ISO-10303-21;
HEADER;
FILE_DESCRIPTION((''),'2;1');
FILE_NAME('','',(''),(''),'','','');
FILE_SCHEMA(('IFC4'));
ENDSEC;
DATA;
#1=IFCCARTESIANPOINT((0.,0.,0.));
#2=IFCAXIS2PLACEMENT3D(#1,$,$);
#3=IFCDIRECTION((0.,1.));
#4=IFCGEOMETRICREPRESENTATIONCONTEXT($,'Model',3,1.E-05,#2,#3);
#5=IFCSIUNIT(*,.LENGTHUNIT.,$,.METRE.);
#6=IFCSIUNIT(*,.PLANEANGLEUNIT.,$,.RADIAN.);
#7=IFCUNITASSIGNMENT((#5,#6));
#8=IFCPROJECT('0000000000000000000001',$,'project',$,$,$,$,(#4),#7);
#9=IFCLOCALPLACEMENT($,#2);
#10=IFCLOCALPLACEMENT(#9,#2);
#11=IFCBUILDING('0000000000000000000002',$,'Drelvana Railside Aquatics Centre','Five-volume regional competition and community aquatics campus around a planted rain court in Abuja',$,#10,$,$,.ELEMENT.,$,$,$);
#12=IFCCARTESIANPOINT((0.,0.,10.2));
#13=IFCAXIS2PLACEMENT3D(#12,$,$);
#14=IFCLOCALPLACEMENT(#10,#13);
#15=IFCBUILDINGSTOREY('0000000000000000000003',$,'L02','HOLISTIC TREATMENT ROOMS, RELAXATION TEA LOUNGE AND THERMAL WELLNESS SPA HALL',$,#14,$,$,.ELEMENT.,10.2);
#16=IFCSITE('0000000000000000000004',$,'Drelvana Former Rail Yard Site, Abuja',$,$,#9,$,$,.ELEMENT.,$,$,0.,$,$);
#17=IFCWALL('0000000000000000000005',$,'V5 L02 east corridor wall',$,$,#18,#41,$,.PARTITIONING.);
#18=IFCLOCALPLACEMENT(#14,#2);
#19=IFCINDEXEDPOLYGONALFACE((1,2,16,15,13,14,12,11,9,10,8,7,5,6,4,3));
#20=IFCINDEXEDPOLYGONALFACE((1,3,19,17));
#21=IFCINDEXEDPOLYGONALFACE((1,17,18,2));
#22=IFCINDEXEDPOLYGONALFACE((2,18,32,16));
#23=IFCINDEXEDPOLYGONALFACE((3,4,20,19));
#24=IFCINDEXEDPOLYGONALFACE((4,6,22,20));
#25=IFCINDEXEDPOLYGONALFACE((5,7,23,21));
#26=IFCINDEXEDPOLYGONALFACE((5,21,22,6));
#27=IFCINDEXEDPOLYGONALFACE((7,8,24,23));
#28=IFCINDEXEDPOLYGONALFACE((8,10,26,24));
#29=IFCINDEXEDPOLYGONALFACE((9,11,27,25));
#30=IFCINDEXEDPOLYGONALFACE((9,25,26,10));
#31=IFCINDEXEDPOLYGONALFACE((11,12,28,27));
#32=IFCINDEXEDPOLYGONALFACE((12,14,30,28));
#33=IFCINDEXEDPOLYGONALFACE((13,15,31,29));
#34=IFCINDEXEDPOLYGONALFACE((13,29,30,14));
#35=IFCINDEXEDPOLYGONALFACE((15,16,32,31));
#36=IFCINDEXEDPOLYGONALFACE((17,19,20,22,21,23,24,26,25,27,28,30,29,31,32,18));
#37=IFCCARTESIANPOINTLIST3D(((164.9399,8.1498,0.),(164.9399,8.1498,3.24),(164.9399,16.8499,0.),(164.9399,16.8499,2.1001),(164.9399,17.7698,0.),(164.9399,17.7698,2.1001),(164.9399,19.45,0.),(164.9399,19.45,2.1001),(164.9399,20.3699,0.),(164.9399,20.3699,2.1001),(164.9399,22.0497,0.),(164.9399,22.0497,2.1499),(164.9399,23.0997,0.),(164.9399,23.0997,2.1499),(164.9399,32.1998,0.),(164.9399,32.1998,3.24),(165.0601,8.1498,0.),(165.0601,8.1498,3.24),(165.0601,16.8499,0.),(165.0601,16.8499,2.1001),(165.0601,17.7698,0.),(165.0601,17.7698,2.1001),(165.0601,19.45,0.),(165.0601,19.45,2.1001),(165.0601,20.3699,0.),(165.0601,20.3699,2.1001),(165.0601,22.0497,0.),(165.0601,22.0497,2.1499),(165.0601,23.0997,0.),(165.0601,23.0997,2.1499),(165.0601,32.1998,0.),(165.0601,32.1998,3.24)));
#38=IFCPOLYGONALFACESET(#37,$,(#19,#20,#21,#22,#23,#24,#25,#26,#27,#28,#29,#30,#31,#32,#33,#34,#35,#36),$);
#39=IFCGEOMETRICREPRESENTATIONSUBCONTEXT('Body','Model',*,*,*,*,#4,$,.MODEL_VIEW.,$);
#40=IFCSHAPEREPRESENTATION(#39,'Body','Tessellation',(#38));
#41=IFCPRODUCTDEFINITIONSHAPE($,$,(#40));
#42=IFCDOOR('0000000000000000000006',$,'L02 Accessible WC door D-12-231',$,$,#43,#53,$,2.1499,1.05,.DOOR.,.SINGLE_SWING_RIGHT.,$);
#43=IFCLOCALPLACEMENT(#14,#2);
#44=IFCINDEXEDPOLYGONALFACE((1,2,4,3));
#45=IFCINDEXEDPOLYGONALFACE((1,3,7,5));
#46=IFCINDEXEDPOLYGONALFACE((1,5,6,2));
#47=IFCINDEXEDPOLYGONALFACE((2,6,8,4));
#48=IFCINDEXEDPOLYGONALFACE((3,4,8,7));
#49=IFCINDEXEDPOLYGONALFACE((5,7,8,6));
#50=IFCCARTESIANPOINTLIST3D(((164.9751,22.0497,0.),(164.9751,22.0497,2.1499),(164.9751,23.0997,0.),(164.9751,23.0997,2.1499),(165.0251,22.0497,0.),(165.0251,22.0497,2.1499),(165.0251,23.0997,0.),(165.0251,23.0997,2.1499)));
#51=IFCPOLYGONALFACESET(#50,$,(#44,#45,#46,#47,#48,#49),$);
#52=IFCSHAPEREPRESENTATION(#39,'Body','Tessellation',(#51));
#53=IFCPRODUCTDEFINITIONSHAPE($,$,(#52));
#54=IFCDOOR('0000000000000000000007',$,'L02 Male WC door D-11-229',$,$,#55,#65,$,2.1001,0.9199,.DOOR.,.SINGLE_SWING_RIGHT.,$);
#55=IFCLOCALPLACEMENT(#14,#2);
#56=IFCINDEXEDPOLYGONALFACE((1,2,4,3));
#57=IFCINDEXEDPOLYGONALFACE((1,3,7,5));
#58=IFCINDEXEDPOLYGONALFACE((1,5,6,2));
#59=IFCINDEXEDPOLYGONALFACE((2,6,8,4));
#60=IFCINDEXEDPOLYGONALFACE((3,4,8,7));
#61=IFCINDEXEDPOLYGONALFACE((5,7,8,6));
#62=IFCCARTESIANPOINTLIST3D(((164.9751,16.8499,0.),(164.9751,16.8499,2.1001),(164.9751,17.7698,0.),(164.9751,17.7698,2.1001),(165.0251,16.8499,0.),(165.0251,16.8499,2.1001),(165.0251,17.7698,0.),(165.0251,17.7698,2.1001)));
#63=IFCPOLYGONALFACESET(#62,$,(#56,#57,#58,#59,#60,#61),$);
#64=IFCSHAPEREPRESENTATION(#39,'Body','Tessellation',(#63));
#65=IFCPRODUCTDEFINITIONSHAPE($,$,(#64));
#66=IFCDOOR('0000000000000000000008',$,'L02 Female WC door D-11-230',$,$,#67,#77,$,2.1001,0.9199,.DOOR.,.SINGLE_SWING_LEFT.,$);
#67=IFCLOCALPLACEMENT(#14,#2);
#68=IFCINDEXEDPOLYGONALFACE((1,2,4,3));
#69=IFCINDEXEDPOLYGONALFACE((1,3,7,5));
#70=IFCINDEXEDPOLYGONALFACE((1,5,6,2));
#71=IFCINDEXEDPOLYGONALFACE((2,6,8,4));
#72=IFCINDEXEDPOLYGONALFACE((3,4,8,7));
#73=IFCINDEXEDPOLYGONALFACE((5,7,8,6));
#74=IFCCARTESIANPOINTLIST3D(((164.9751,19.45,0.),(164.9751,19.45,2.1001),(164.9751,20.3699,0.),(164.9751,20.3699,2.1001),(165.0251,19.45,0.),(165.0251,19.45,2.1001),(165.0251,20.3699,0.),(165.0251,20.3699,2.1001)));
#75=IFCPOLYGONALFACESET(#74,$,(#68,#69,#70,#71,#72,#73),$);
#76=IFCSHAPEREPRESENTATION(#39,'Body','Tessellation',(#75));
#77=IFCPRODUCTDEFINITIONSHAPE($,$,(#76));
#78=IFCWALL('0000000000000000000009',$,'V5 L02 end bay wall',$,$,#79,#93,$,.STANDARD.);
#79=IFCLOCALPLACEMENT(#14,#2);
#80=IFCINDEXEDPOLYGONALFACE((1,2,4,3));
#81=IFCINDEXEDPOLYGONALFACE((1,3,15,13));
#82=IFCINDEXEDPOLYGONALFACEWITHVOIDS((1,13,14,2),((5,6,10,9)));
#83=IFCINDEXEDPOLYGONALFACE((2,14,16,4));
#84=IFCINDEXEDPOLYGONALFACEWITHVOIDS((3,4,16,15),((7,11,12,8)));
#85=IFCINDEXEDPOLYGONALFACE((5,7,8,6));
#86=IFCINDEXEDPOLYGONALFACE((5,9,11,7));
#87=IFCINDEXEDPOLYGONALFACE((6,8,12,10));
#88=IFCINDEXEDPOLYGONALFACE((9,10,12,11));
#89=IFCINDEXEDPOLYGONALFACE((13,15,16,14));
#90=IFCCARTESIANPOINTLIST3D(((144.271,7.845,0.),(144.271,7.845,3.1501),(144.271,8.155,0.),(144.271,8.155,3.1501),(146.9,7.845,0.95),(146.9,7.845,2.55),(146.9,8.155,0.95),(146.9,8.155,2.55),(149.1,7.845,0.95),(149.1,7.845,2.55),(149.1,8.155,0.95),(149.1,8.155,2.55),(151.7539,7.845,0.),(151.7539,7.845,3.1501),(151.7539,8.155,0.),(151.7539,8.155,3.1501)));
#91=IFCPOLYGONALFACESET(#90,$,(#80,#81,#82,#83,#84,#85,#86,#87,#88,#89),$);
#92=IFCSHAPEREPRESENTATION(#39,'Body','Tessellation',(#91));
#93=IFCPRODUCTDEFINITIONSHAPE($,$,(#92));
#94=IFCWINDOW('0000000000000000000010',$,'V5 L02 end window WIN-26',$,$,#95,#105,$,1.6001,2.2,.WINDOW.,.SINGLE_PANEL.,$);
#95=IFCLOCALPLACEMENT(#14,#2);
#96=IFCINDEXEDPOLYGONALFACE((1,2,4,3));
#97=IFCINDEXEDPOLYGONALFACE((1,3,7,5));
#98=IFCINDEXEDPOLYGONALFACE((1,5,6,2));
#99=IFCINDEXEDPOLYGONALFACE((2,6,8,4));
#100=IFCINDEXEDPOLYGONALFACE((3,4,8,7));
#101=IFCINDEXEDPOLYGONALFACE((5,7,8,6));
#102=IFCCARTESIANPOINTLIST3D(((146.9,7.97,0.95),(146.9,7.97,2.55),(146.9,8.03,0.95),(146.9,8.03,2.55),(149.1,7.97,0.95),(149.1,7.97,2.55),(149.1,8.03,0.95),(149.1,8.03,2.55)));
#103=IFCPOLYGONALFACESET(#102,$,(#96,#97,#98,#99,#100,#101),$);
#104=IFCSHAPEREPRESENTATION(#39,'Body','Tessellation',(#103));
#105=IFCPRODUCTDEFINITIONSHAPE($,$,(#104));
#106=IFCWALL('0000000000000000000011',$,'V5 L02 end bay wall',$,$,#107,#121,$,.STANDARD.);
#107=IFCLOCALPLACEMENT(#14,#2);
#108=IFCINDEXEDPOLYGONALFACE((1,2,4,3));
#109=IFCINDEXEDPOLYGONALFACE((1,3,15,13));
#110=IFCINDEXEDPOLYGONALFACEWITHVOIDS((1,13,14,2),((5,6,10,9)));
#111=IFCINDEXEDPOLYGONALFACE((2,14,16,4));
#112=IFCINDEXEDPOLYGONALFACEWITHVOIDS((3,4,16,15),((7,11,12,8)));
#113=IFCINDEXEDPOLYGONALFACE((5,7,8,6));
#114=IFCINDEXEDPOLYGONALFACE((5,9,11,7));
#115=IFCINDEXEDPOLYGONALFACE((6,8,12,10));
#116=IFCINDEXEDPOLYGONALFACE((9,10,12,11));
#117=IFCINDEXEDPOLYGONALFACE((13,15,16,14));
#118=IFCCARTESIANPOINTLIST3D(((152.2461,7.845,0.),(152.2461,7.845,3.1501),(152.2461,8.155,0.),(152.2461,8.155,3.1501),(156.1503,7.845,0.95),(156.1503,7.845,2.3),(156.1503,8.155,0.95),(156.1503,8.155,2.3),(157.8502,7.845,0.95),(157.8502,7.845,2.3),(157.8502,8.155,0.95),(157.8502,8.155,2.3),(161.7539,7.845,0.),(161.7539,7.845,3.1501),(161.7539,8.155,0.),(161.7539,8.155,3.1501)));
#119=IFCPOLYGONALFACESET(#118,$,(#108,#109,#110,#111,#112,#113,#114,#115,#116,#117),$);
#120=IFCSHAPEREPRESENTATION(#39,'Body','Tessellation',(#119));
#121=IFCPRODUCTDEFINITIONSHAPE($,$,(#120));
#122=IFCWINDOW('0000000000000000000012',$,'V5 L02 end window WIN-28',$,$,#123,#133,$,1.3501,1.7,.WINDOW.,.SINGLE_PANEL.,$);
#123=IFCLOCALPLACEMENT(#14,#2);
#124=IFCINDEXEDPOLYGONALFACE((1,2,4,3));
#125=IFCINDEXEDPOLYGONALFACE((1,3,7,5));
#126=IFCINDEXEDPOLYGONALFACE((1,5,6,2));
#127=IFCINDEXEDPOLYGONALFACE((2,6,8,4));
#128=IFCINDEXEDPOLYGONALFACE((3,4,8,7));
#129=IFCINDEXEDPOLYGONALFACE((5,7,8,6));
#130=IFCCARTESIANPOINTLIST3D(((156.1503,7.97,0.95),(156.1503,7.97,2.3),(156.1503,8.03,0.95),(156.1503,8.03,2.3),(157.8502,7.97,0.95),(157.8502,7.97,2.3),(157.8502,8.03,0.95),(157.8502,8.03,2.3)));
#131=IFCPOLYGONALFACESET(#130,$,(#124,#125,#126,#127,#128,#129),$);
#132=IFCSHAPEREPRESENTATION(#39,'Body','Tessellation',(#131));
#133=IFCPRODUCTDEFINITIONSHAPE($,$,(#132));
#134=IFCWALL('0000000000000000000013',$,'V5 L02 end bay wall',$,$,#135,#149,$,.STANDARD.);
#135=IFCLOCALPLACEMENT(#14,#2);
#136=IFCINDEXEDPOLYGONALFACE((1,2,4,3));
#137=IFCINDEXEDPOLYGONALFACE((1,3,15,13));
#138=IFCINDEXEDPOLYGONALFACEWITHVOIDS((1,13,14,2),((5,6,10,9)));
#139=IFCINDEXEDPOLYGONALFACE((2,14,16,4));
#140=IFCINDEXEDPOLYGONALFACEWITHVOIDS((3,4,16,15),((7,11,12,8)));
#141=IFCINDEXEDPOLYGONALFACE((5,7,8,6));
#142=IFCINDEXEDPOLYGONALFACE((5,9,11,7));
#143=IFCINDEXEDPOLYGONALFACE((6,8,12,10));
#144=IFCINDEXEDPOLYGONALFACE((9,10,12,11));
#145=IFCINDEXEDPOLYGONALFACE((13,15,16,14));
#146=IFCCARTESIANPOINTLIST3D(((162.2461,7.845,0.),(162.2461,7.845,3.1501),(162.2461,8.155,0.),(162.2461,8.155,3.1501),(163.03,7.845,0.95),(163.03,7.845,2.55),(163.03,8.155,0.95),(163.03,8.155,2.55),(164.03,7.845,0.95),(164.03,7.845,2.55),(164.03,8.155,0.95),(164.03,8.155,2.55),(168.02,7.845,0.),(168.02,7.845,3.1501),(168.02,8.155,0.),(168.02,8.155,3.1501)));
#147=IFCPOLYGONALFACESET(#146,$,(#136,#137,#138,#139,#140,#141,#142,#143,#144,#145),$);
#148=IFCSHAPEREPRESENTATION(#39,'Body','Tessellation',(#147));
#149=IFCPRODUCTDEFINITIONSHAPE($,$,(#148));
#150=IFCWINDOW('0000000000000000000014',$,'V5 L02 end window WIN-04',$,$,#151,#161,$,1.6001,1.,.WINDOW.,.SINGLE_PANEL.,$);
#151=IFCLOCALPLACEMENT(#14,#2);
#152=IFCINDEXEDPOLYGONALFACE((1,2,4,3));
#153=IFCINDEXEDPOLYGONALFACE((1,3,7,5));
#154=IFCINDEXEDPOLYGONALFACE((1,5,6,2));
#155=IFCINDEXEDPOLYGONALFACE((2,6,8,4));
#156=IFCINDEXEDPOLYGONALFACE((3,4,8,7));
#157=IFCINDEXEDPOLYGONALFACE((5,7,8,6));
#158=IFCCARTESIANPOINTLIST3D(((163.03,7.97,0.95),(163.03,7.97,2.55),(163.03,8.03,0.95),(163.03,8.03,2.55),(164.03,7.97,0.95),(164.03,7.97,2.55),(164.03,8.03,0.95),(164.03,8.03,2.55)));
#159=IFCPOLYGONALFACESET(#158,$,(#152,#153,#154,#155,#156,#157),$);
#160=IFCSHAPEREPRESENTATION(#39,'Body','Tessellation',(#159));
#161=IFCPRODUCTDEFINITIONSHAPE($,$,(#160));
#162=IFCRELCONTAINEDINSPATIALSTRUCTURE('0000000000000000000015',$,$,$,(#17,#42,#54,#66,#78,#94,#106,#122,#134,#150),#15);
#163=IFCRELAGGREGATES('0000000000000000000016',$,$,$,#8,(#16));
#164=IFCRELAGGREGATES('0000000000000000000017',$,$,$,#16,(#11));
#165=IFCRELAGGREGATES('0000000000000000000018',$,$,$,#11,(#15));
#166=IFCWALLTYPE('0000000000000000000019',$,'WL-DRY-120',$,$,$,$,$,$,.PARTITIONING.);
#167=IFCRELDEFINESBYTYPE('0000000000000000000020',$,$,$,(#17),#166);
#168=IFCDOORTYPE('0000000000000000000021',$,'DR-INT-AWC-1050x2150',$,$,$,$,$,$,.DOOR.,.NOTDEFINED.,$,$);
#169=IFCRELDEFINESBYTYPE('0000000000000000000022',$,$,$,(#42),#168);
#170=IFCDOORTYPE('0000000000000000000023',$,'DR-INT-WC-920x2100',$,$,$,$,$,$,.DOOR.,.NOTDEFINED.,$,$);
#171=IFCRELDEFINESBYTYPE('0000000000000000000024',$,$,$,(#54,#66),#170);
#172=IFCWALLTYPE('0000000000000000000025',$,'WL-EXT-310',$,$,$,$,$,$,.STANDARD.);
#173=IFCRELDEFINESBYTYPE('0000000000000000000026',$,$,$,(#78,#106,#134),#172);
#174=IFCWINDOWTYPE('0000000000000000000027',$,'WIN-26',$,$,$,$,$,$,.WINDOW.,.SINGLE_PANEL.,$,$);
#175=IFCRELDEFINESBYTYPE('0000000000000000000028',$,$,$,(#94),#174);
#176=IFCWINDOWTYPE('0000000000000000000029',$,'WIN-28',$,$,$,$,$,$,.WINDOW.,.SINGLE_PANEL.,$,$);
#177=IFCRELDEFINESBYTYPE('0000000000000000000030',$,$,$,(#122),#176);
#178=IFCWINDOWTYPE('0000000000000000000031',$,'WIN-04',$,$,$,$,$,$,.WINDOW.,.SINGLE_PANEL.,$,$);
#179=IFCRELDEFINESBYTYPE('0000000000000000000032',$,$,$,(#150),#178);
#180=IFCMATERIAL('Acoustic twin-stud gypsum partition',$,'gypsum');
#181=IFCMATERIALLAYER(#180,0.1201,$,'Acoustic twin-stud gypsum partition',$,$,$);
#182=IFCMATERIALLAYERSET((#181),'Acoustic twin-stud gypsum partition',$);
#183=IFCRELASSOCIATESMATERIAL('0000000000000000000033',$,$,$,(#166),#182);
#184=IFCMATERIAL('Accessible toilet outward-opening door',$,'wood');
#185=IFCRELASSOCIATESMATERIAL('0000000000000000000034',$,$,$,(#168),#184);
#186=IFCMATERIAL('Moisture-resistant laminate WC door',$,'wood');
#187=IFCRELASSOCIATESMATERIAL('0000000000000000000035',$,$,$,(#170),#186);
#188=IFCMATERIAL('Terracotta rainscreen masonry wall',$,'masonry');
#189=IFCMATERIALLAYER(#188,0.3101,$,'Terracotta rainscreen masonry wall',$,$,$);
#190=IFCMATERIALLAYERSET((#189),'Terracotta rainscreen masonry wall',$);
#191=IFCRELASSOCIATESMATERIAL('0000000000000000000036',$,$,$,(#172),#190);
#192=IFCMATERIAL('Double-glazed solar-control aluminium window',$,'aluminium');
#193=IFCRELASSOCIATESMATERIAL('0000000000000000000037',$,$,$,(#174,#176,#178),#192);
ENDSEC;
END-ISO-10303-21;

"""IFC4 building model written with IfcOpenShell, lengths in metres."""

from ifc_helpers import new_model, si_unit, direction, frame, frame_2d, origin, place, context, subcontext, project, spatial, rectangle, extrude, material, layer, layer_set, type_object, element, fill, save


model = new_model("IFC4")

# Units and contexts
model_context = context("Model", 3, precision=1e-05, world=origin(), true_north=direction((0.0, 1.0)))
body_context = subcontext(model_context, "Body", "Model", "MODEL_VIEW")
ifc_project = project(units=[si_unit("LENGTHUNIT", "METRE"), si_unit("PLANEANGLEUNIT", "RADIAN")], contexts=[model_context])

# Site, building, storey
site_placement = place(None, origin())
site = spatial("IfcSite", under=ifc_project, at=site_placement, Name="Drelvana Former Rail Yard Site, Abuja", CompositionType="ELEMENT", RefElevation=0.0)
building_placement = place(site_placement, origin())
building = spatial("IfcBuilding", under=site, at=building_placement, Name="Drelvana Railside Aquatics Centre", Description="Five-volume regional competition and community aquatics campus around a planted rain court in Abuja", CompositionType="ELEMENT")
storey_placement = place(building_placement, frame((0.0, 0.0, 10.2)))
storey = spatial("IfcBuildingStorey", under=building, at=storey_placement, Name="L02", Description="HOLISTIC TREATMENT ROOMS, RELAXATION TEA LOUNGE AND THERMAL WELLNESS SPA HALL", CompositionType="ELEMENT", Elevation=10.2)

# Shared definitions
ifc_material_1 = material(Name="Acoustic twin-stud gypsum partition", Category="gypsum")
ifc_layer_1 = layer(ifc_material_1, 0.1201, Name="Acoustic twin-stud gypsum partition")
ifc_layer_set_1 = layer_set([ifc_layer_1], Name="Acoustic twin-stud gypsum partition")
wall_type_1 = type_object("IfcWallType", Name="WL-DRY-120", PredefinedType="PARTITIONING", material=ifc_layer_set_1)

# Wall, openings, doors
wall_1_placement = place(storey_placement, frame((165.0, 8.1499, 0.0), z_axis=(0.0, 0.0, 1.0), x_axis=(0.0, 1.0, 0.0)))
wall_1 = element("IfcWall", 1, at=wall_1_placement, inside=storey, type_object=wall_type_1, Name="V5 L02 east corridor wall", PredefinedType="PARTITIONING", context=body_context, shape_type="SweptSolid", body=[
    extrude(rectangle(XDim=24.05, YDim=0.1201, at=frame_2d((12.0249, 0.0))), origin(), (0.0, 0.0, 1.0), 3.24),
])
opening_1_placement = place(wall_1_placement, frame((8.7, 0.0, 0.0)))
opening_1 = element("IfcOpeningElement", 2, at=opening_1_placement, cuts=wall_1, PredefinedType="OPENING", context=body_context, shape_type="SweptSolid", body=[
    extrude(rectangle(XDim=0.9199, YDim=2.1001, at=frame_2d((0.46, 1.05))), frame((0.0, 0.0701, 0.0), z_axis=(0.0, -1.0, 0.0), x_axis=(1.0, 0.0, 0.0)), (0.0, 0.0, 1.0), 0.1401),
])
opening_2_placement = place(wall_1_placement, frame((11.3, 0.0, 0.0)))
opening_2 = element("IfcOpeningElement", 3, at=opening_2_placement, cuts=wall_1, PredefinedType="OPENING", context=body_context, shape_type="SweptSolid", body=[
    extrude(rectangle(XDim=0.9199, YDim=2.1001, at=frame_2d((0.46, 1.05))), frame((0.0, 0.0701, 0.0), z_axis=(0.0, -1.0, 0.0), x_axis=(1.0, 0.0, 0.0)), (0.0, 0.0, 1.0), 0.1401),
])
opening_3_placement = place(wall_1_placement, frame((13.8999, 0.0, 0.0)))
opening_3 = element("IfcOpeningElement", 4, at=opening_3_placement, cuts=wall_1, PredefinedType="OPENING", context=body_context, shape_type="SweptSolid", body=[
    extrude(rectangle(XDim=1.05, YDim=2.1499, at=frame_2d((0.5249, 1.075))), frame((0.0, 0.0701, 0.0), z_axis=(0.0, -1.0, 0.0), x_axis=(1.0, 0.0, 0.0)), (0.0, 0.0, 1.0), 0.1401),
])
ifc_material_2 = material(Name="Accessible toilet outward-opening door", Category="wood")
door_type_1 = type_object("IfcDoorType", Name="DR-INT-AWC-1050x2150", OperationType="NOTDEFINED", PredefinedType="DOOR", material=ifc_material_2)
door_1_placement = place(opening_3_placement, origin())
door_1 = element("IfcDoor", 5, at=door_1_placement, inside=storey, type_object=door_type_1, Name="L02 Accessible WC door D-12-231", OperationType="SINGLE_SWING_RIGHT", OverallHeight=2.1499, OverallWidth=1.05, PredefinedType="DOOR", context=body_context, shape_type="SweptSolid", body=[
    extrude(rectangle(XDim=1.05, YDim=2.1499, at=frame_2d((0.5249, 1.075))), frame((0.0, 0.0249, 0.0), z_axis=(0.0, -1.0, 0.0), x_axis=(1.0, 0.0, 0.0)), (0.0, 0.0, 1.0), 0.05),
])
fill(opening_3, door_1)
ifc_material_3 = material(Name="Moisture-resistant laminate WC door", Category="wood")
door_type_2 = type_object("IfcDoorType", Name="DR-INT-WC-920x2100", OperationType="NOTDEFINED", PredefinedType="DOOR", material=ifc_material_3)
door_2_placement = place(opening_1_placement, origin())
door_2 = element("IfcDoor", 6, at=door_2_placement, inside=storey, type_object=door_type_2, Name="L02 Male WC door D-11-229", OperationType="SINGLE_SWING_RIGHT", OverallHeight=2.1001, OverallWidth=0.9199, PredefinedType="DOOR", context=body_context, shape_type="SweptSolid", body=[
    extrude(rectangle(XDim=0.9199, YDim=2.1001, at=frame_2d((0.46, 1.05))), frame((0.0, 0.0249, 0.0), z_axis=(0.0, -1.0, 0.0), x_axis=(1.0, 0.0, 0.0)), (0.0, 0.0, 1.0), 0.05),
])
fill(opening_1, door_2)
door_3_placement = place(opening_2_placement, origin())
door_3 = element("IfcDoor", 7, at=door_3_placement, inside=storey, type_object=door_type_2, Name="L02 Female WC door D-11-230", OperationType="SINGLE_SWING_LEFT", OverallHeight=2.1001, OverallWidth=0.9199, PredefinedType="DOOR", context=body_context, shape_type="SweptSolid", body=[
    extrude(rectangle(XDim=0.9199, YDim=2.1001, at=frame_2d((0.46, 1.05))), frame((0.0, 0.0249, 0.0), z_axis=(0.0, -1.0, 0.0), x_axis=(1.0, 0.0, 0.0)), (0.0, 0.0, 1.0), 0.05),
])
fill(opening_2, door_3)

# Walls, openings, windows
ifc_material_4 = material(Name="Terracotta rainscreen masonry wall", Category="masonry")
ifc_layer_2 = layer(ifc_material_4, 0.3101, Name="Terracotta rainscreen masonry wall")
ifc_layer_set_2 = layer_set([ifc_layer_2], Name="Terracotta rainscreen masonry wall")
wall_type_2 = type_object("IfcWallType", Name="WL-EXT-310", PredefinedType="STANDARD", material=ifc_layer_set_2)
wall_2_placement = place(storey_placement, frame((144.271, 8.0, 0.0), z_axis=(0.0, 0.0, 1.0), x_axis=(1.0, 0.0, 0.0)))
wall_2 = element("IfcWall", 8, at=wall_2_placement, inside=storey, type_object=wall_type_2, Name="V5 L02 end bay wall", PredefinedType="STANDARD", context=body_context, shape_type="SweptSolid", body=[
    extrude(rectangle(XDim=7.4829, YDim=0.3101, at=frame_2d((3.7415, 0.0))), origin(), (0.0, 0.0, 1.0), 3.1501),
])
opening_4_placement = place(wall_2_placement, frame((2.6289, 0.0, 0.95)))
opening_4 = element("IfcOpeningElement", 9, at=opening_4_placement, cuts=wall_2, PredefinedType="OPENING", context=body_context, shape_type="SweptSolid", body=[
    extrude(rectangle(XDim=2.2, YDim=1.6001, at=frame_2d((1.1001, 0.8))), frame((0.0, 0.165, 0.0), z_axis=(0.0, -1.0, 0.0), x_axis=(1.0, 0.0, 0.0)), (0.0, 0.0, 1.0), 0.3301),
])
ifc_material_5 = material(Name="Double-glazed solar-control aluminium window", Category="aluminium")
window_type_1 = type_object("IfcWindowType", Name="WIN-26", PartitioningType="SINGLE_PANEL", PredefinedType="WINDOW", material=ifc_material_5)
window_1_placement = place(opening_4_placement, origin())
window_1 = element("IfcWindow", 10, at=window_1_placement, inside=storey, type_object=window_type_1, Name="V5 L02 end window WIN-26", OverallHeight=1.6001, OverallWidth=2.2, PartitioningType="SINGLE_PANEL", PredefinedType="WINDOW", context=body_context, shape_type="SweptSolid", body=[
    extrude(rectangle(XDim=2.2, YDim=1.6001, at=frame_2d((1.1001, 0.8))), frame((0.0, 0.03, 0.0), z_axis=(0.0, -1.0, 0.0), x_axis=(1.0, 0.0, 0.0)), (0.0, 0.0, 1.0), 0.0601),
])
fill(opening_4, window_1)
wall_3_placement = place(storey_placement, frame((152.2461, 8.0, 0.0), z_axis=(0.0, 0.0, 1.0), x_axis=(1.0, 0.0, 0.0)))
wall_3 = element("IfcWall", 11, at=wall_3_placement, inside=storey, type_object=wall_type_2, Name="V5 L02 end bay wall", PredefinedType="STANDARD", context=body_context, shape_type="SweptSolid", body=[
    extrude(rectangle(XDim=9.5078, YDim=0.3101, at=frame_2d((4.7539, 0.0))), origin(), (0.0, 0.0, 1.0), 3.1501),
])
opening_5_placement = place(wall_3_placement, frame((3.9041, 0.0, 0.95)))
opening_5 = element("IfcOpeningElement", 12, at=opening_5_placement, cuts=wall_3, PredefinedType="OPENING", context=body_context, shape_type="SweptSolid", body=[
    extrude(rectangle(XDim=1.7, YDim=1.3501, at=frame_2d((0.8501, 0.675))), frame((0.0, 0.165, 0.0), z_axis=(0.0, -1.0, 0.0), x_axis=(1.0, 0.0, 0.0)), (0.0, 0.0, 1.0), 0.3301),
])
window_type_2 = type_object("IfcWindowType", Name="WIN-28", PartitioningType="SINGLE_PANEL", PredefinedType="WINDOW", material=ifc_material_5)
window_2_placement = place(opening_5_placement, origin())
window_2 = element("IfcWindow", 13, at=window_2_placement, inside=storey, type_object=window_type_2, Name="V5 L02 end window WIN-28", OverallHeight=1.3501, OverallWidth=1.7, PartitioningType="SINGLE_PANEL", PredefinedType="WINDOW", context=body_context, shape_type="SweptSolid", body=[
    extrude(rectangle(XDim=1.7, YDim=1.3501, at=frame_2d((0.8501, 0.675))), frame((0.0, 0.03, 0.0), z_axis=(0.0, -1.0, 0.0), x_axis=(1.0, 0.0, 0.0)), (0.0, 0.0, 1.0), 0.0601),
])
fill(opening_5, window_2)
wall_4_placement = place(storey_placement, frame((162.2461, 8.0, 0.0), z_axis=(0.0, 0.0, 1.0), x_axis=(1.0, 0.0, 0.0)))
wall_4 = element("IfcWall", 14, at=wall_4_placement, inside=storey, type_object=wall_type_2, Name="V5 L02 end bay wall", PredefinedType="STANDARD", context=body_context, shape_type="SweptSolid", body=[
    extrude(rectangle(XDim=5.7739, YDim=0.3101, at=frame_2d((2.887, 0.0))), origin(), (0.0, 0.0, 1.0), 3.1501),
])
opening_6_placement = place(wall_4_placement, frame((0.7839, 0.0, 0.95)))
opening_6 = element("IfcOpeningElement", 15, at=opening_6_placement, cuts=wall_4, PredefinedType="OPENING", context=body_context, shape_type="SweptSolid", body=[
    extrude(rectangle(XDim=1.0, YDim=1.6001, at=frame_2d((0.5, 0.8))), frame((0.0, 0.165, 0.0), z_axis=(0.0, -1.0, 0.0), x_axis=(1.0, 0.0, 0.0)), (0.0, 0.0, 1.0), 0.3301),
])
window_type_3 = type_object("IfcWindowType", Name="WIN-04", PartitioningType="SINGLE_PANEL", PredefinedType="WINDOW", material=ifc_material_5)
window_3_placement = place(opening_6_placement, origin())
window_3 = element("IfcWindow", 16, at=window_3_placement, inside=storey, type_object=window_type_3, Name="V5 L02 end window WIN-04", OverallHeight=1.6001, OverallWidth=1.0, PartitioningType="SINGLE_PANEL", PredefinedType="WINDOW", context=body_context, shape_type="SweptSolid", body=[
    extrude(rectangle(XDim=1.0, YDim=1.6001, at=frame_2d((0.5, 0.8))), frame((0.0, 0.03, 0.0), z_axis=(0.0, -1.0, 0.0), x_axis=(1.0, 0.0, 0.0)), (0.0, 0.0, 1.0), 0.0601),
])
fill(opening_6, window_3)

save(model, "model.ifc")
